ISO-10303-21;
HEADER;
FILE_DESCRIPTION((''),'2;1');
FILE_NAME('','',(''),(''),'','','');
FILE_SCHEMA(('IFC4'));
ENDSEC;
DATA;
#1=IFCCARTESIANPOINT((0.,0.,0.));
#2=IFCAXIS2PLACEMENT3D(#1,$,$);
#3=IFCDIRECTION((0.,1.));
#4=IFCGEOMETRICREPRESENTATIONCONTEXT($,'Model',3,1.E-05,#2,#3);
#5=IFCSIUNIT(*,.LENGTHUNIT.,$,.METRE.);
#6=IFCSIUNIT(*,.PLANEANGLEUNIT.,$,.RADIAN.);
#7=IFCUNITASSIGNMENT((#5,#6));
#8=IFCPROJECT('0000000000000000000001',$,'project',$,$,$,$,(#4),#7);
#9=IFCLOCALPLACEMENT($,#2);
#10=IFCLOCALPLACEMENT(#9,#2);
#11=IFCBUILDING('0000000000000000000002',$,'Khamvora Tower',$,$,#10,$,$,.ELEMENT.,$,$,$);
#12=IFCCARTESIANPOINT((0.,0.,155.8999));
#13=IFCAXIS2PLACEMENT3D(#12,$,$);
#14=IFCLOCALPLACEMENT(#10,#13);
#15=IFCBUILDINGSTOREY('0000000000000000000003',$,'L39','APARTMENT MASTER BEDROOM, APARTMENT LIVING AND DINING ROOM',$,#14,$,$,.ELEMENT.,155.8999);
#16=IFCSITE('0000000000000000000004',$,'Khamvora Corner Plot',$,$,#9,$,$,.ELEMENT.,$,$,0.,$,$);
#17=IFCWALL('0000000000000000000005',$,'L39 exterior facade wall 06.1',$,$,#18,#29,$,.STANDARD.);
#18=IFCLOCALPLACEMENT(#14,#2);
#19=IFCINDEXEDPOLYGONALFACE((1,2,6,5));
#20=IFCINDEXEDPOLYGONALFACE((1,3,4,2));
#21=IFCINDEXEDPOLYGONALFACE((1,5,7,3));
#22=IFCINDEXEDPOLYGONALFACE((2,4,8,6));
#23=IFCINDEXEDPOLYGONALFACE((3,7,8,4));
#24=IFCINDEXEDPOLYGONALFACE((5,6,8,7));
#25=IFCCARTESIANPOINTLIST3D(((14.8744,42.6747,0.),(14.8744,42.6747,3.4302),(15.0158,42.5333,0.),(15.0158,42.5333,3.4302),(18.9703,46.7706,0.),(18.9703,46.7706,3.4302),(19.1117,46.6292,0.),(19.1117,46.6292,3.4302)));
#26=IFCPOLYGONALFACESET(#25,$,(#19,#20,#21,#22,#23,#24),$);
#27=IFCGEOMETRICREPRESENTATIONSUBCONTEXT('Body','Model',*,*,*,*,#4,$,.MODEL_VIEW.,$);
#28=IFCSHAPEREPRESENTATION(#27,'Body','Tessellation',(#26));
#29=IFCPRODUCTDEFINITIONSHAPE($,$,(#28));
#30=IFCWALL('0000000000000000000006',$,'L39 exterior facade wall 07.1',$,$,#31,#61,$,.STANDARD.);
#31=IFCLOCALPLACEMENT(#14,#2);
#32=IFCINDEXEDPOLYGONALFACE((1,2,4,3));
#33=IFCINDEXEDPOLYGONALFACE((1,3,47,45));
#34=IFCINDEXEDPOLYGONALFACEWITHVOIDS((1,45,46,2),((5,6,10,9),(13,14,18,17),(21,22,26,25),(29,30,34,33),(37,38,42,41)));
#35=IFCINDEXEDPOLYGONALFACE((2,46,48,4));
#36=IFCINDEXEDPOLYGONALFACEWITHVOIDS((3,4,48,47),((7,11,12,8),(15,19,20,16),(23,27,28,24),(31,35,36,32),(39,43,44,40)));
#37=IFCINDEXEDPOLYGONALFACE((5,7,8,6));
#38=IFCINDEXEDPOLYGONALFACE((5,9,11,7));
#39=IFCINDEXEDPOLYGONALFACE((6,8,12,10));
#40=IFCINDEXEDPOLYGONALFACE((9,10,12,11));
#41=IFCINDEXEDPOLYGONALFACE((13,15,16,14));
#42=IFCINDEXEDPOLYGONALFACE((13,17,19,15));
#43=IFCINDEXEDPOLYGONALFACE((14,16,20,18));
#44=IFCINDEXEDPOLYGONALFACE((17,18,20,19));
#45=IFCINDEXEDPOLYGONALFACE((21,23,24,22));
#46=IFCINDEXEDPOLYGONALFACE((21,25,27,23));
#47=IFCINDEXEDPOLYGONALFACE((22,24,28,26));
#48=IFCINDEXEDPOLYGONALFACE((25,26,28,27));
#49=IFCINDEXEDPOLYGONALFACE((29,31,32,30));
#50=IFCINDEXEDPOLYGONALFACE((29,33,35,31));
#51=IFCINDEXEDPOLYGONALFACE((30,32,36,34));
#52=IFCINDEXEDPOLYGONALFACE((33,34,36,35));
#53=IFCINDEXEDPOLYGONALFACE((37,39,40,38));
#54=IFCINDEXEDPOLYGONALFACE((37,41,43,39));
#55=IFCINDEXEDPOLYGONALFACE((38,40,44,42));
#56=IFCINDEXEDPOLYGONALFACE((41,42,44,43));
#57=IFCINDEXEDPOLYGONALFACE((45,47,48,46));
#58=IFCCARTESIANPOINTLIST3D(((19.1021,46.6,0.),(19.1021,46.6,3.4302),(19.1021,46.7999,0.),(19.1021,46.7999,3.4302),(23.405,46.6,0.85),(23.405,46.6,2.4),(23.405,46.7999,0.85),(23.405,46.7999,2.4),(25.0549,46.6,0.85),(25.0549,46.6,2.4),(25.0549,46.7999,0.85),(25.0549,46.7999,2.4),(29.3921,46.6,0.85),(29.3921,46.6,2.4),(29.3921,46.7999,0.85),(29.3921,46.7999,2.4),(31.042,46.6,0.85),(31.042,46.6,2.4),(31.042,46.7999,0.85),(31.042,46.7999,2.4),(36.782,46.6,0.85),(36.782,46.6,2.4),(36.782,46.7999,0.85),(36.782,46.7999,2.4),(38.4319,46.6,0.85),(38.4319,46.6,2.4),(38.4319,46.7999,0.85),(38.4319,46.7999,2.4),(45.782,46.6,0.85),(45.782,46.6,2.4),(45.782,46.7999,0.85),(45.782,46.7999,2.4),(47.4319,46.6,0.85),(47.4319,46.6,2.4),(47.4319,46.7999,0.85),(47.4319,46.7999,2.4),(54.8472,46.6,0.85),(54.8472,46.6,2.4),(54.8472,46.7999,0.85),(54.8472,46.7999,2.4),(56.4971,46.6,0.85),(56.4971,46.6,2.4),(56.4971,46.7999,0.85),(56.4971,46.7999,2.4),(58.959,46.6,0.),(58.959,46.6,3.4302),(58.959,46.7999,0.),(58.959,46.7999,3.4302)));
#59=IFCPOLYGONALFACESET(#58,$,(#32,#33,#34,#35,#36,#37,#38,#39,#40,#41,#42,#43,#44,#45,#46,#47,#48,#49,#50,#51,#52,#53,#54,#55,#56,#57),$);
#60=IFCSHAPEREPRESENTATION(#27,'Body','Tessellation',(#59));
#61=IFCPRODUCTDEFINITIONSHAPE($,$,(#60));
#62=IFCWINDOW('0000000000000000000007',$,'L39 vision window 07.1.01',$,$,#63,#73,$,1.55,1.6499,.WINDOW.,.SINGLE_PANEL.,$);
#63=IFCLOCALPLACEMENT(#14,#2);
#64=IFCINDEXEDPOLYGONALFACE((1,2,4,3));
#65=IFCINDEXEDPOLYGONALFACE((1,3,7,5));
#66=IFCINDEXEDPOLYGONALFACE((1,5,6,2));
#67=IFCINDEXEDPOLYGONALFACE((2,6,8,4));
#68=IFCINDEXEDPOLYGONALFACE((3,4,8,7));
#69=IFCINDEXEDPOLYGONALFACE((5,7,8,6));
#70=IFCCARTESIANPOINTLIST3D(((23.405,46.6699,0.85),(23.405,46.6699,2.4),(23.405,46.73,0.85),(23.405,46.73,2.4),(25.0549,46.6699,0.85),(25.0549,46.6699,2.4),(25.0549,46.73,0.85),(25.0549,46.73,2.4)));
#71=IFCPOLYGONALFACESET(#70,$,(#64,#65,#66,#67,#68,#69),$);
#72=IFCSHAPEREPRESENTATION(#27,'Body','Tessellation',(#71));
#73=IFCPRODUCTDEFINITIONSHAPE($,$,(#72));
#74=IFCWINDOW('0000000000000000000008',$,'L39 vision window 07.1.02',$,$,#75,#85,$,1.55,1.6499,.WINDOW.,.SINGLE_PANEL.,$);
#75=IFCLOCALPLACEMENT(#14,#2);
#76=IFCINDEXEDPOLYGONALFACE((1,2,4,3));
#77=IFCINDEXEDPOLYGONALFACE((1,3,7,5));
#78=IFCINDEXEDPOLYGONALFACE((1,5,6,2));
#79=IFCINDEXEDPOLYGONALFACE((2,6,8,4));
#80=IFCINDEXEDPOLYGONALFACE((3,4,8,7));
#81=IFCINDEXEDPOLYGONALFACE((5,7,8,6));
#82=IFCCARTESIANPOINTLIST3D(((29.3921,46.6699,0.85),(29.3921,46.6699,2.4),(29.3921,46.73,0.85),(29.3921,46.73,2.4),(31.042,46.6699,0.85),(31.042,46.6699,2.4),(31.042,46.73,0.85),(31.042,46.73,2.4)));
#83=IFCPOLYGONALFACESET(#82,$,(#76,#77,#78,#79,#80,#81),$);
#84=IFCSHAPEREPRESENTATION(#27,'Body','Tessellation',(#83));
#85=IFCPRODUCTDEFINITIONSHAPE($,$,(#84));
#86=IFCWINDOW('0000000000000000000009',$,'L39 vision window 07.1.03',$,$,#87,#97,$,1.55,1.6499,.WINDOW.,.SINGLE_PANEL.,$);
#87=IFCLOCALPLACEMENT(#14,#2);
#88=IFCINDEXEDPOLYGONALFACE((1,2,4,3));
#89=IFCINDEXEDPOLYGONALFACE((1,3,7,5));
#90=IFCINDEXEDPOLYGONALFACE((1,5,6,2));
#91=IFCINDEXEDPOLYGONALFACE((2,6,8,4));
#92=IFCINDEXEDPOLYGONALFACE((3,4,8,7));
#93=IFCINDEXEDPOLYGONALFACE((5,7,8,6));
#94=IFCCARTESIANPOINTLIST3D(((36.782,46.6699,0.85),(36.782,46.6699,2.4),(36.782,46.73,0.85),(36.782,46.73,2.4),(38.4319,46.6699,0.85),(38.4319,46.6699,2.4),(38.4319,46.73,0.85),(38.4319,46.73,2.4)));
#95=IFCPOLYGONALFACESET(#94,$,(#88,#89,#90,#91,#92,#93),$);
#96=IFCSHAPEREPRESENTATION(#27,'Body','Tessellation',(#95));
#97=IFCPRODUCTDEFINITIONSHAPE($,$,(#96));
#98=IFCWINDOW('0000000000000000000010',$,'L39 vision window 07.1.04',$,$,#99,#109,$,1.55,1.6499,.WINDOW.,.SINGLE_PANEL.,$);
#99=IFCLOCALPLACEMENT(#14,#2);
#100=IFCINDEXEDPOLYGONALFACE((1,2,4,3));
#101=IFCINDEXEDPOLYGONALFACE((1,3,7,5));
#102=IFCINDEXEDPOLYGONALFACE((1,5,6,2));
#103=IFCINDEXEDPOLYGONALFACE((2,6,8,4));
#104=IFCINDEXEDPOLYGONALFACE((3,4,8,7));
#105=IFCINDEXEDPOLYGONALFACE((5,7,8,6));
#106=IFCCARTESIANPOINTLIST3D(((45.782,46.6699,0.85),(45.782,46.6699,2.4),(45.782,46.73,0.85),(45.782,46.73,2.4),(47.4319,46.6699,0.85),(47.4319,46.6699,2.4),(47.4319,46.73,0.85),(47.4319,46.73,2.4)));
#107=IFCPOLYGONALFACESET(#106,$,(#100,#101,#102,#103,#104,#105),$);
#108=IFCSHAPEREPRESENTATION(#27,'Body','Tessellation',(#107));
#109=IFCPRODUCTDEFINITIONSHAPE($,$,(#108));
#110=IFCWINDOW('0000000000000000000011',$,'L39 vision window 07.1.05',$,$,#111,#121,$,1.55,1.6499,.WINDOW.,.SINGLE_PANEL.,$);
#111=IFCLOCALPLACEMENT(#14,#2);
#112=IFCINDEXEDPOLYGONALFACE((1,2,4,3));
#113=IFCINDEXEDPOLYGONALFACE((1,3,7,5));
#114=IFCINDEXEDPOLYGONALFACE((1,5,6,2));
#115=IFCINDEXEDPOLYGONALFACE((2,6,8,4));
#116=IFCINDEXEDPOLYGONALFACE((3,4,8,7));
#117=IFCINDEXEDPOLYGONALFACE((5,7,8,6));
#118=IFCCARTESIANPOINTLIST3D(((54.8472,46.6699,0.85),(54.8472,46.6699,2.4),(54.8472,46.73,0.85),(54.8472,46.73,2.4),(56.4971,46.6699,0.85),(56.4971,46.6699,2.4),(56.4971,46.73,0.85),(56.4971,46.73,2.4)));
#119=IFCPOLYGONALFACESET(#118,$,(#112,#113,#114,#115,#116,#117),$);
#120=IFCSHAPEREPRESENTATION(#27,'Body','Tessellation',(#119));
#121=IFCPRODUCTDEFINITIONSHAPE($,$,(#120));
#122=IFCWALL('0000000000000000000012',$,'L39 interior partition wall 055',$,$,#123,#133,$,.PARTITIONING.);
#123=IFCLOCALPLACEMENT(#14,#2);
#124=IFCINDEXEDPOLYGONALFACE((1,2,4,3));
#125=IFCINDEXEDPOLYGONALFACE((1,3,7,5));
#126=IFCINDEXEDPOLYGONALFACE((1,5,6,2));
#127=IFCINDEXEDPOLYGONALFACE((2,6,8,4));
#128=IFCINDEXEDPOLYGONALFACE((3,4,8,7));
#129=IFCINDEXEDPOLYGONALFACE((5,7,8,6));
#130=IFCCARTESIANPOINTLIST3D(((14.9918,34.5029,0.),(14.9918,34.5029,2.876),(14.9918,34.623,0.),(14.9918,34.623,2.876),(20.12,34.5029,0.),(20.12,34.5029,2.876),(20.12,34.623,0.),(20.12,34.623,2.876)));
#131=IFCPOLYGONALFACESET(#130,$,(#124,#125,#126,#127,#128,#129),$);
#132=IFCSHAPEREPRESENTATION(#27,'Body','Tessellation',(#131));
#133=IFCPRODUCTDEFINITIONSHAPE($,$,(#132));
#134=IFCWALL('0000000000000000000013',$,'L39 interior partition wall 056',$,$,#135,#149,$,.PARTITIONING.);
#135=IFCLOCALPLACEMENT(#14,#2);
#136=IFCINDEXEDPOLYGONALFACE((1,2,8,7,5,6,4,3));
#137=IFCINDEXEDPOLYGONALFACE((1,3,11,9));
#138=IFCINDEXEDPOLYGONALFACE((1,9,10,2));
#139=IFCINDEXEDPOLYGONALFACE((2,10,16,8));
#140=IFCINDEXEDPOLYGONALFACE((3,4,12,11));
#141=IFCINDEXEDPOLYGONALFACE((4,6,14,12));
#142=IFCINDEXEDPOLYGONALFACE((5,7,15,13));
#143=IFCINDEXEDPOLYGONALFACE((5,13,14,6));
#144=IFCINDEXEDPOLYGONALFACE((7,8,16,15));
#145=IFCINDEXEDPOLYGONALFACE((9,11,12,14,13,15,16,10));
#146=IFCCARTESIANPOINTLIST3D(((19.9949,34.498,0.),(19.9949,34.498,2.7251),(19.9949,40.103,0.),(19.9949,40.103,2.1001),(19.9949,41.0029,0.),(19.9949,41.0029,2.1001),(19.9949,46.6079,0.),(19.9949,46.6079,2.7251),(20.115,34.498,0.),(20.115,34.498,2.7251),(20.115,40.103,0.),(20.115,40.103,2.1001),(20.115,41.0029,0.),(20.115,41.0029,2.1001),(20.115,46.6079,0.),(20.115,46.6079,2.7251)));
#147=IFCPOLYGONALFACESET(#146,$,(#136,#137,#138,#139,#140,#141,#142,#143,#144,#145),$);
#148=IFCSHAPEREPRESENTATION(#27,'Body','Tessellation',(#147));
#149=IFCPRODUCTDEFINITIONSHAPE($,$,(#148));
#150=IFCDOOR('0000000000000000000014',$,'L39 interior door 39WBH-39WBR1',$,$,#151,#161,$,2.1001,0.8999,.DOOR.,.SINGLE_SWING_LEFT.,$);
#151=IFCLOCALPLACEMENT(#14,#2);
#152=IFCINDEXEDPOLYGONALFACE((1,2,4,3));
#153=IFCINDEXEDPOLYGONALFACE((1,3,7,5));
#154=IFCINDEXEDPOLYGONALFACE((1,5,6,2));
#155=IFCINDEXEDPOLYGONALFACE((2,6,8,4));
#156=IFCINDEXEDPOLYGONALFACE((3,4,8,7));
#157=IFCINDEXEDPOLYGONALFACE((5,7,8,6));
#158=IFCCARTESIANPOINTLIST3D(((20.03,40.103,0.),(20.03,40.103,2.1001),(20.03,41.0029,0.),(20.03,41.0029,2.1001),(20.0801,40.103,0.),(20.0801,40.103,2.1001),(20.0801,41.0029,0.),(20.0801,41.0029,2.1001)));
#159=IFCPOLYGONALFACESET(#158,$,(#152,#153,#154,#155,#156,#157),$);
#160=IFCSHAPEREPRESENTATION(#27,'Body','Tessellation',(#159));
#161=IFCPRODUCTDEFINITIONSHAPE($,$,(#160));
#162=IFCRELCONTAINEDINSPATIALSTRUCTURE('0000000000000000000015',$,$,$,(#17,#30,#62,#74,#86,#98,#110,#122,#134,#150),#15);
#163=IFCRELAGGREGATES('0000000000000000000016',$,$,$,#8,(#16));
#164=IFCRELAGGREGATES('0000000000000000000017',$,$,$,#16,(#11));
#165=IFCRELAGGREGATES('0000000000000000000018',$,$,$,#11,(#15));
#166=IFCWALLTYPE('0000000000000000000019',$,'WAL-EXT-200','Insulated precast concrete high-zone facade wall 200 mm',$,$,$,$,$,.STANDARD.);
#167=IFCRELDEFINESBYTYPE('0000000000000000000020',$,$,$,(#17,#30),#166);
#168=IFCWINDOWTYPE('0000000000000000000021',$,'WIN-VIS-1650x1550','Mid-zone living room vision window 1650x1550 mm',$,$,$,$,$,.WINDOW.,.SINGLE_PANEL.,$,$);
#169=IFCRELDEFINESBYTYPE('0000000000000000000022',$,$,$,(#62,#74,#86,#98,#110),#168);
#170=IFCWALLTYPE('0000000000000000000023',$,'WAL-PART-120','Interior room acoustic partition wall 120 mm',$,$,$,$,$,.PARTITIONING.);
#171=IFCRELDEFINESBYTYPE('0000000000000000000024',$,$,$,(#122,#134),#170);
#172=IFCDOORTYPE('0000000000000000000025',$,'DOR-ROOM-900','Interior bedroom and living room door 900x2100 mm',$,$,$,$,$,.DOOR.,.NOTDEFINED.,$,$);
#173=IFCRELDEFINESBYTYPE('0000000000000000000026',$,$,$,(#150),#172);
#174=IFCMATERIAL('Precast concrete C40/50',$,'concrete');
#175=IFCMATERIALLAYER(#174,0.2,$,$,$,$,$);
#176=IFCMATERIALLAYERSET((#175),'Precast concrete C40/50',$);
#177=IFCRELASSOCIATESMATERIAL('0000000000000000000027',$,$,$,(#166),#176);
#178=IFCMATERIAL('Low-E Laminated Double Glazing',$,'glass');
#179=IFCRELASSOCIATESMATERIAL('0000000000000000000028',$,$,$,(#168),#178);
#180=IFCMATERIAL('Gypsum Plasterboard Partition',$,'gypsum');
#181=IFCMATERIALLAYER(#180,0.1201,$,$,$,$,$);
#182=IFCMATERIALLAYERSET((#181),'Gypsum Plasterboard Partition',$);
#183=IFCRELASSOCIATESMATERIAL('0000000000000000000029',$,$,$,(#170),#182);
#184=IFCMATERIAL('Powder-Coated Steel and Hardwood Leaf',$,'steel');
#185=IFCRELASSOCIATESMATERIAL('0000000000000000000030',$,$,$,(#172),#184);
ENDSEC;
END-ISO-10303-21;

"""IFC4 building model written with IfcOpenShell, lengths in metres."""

from ifc_helpers import new_model, si_unit, direction, frame, frame_2d, origin, place, context, subcontext, project, spatial, rectangle, extrude, material, layer, layer_set, type_object, element, fill, save


model = new_model("IFC4")

# Units and contexts
model_context = context("Model", 3, precision=1e-05, world=origin(), true_north=direction((0.0, 1.0)))
body_context = subcontext(model_context, "Body", "Model", "MODEL_VIEW")
ifc_project = project(units=[si_unit("LENGTHUNIT", "METRE"), si_unit("PLANEANGLEUNIT", "RADIAN")], contexts=[model_context])

# Site, building, storey
site_placement = place(None, origin())
site = spatial("IfcSite", under=ifc_project, at=site_placement, Name="Khamvora Corner Plot", CompositionType="ELEMENT", RefElevation=0.0)
building_placement = place(site_placement, origin())
building = spatial("IfcBuilding", under=site, at=building_placement, Name="Khamvora Tower", CompositionType="ELEMENT")
storey_placement = place(building_placement, frame((0.0, 0.0, 155.8999)))
storey = spatial("IfcBuildingStorey", under=building, at=storey_placement, Name="L39", Description="APARTMENT MASTER BEDROOM, APARTMENT LIVING AND DINING ROOM", CompositionType="ELEMENT", Elevation=155.8999)

# Wall
ifc_material_1 = material(Name="Precast concrete C40/50", Category="concrete")
ifc_layer_1 = layer(ifc_material_1, 0.2)
ifc_layer_set_1 = layer_set([ifc_layer_1], Name="Precast concrete C40/50")
wall_type_1 = type_object("IfcWallType", Name="WAL-EXT-200", Description="Insulated precast concrete high-zone facade wall 200 mm", PredefinedType="STANDARD", material=ifc_layer_set_1)
wall_1_placement = place(storey_placement, frame((14.9451, 42.604, 0.0), z_axis=(0.0, 0.0, 1.0), x_axis=(0.707107, 0.707107, 0.0)))
element("IfcWall", 1, at=wall_1_placement, inside=storey, type_object=wall_type_1, Name="L39 exterior facade wall 06.1", PredefinedType="STANDARD", context=body_context, shape_type="SweptSolid", body=[
    extrude(rectangle(XDim=5.7925, YDim=0.2, at=frame_2d((2.8962, 0.0))), origin(), (0.0, 0.0, 1.0), 3.4302),
])

# Wall, openings, windows
wall_2_placement = place(storey_placement, frame((19.1021, 46.7, 0.0), z_axis=(0.0, 0.0, 1.0), x_axis=(1.0, 0.0, 0.0)))
wall_2 = element("IfcWall", 2, at=wall_2_placement, inside=storey, type_object=wall_type_1, Name="L39 exterior facade wall 07.1", PredefinedType="STANDARD", context=body_context, shape_type="SweptSolid", body=[
    extrude(rectangle(XDim=39.8569, YDim=0.2, at=frame_2d((19.9285, 0.0))), origin(), (0.0, 0.0, 1.0), 3.4302),
])
opening_1_placement = place(wall_2_placement, frame((4.303, 0.0, 0.8501)))
opening_1 = element("IfcOpeningElement", 3, at=opening_1_placement, cuts=wall_2, PredefinedType="OPENING", context=body_context, shape_type="SweptSolid", body=[
    extrude(rectangle(XDim=1.6499, YDim=1.55, at=frame_2d((0.825, 0.7749))), frame((0.0, 0.1099, 0.0), z_axis=(0.0, -1.0, 0.0), x_axis=(1.0, 0.0, 0.0)), (0.0, 0.0, 1.0), 0.22),
])
opening_2_placement = place(wall_2_placement, frame((10.29, 0.0, 0.8501)))
opening_2 = element("IfcOpeningElement", 4, at=opening_2_placement, cuts=wall_2, PredefinedType="OPENING", context=body_context, shape_type="SweptSolid", body=[
    extrude(rectangle(XDim=1.6499, YDim=1.55, at=frame_2d((0.825, 0.7749))), frame((0.0, 0.1099, 0.0), z_axis=(0.0, -1.0, 0.0), x_axis=(1.0, 0.0, 0.0)), (0.0, 0.0, 1.0), 0.22),
])
opening_3_placement = place(wall_2_placement, frame((17.6799, 0.0, 0.8501)))
opening_3 = element("IfcOpeningElement", 5, at=opening_3_placement, cuts=wall_2, PredefinedType="OPENING", context=body_context, shape_type="SweptSolid", body=[
    extrude(rectangle(XDim=1.6499, YDim=1.55, at=frame_2d((0.825, 0.7749))), frame((0.0, 0.1099, 0.0), z_axis=(0.0, -1.0, 0.0), x_axis=(1.0, 0.0, 0.0)), (0.0, 0.0, 1.0), 0.22),
])
opening_4_placement = place(wall_2_placement, frame((26.6799, 0.0, 0.8501)))
opening_4 = element("IfcOpeningElement", 6, at=opening_4_placement, cuts=wall_2, PredefinedType="OPENING", context=body_context, shape_type="SweptSolid", body=[
    extrude(rectangle(XDim=1.6499, YDim=1.55, at=frame_2d((0.825, 0.7749))), frame((0.0, 0.1099, 0.0), z_axis=(0.0, -1.0, 0.0), x_axis=(1.0, 0.0, 0.0)), (0.0, 0.0, 1.0), 0.22),
])
opening_5_placement = place(wall_2_placement, frame((35.7451, 0.0, 0.8501)))
opening_5 = element("IfcOpeningElement", 7, at=opening_5_placement, cuts=wall_2, PredefinedType="OPENING", context=body_context, shape_type="SweptSolid", body=[
    extrude(rectangle(XDim=1.6499, YDim=1.55, at=frame_2d((0.825, 0.7749))), frame((0.0, 0.1099, 0.0), z_axis=(0.0, -1.0, 0.0), x_axis=(1.0, 0.0, 0.0)), (0.0, 0.0, 1.0), 0.22),
])
ifc_material_2 = material(Name="Low-E Laminated Double Glazing", Category="glass")
window_type = type_object("IfcWindowType", Name="WIN-VIS-1650x1550", Description="Mid-zone living room vision window 1650x1550 mm", PartitioningType="SINGLE_PANEL", PredefinedType="WINDOW", material=ifc_material_2)
window_1_placement = place(opening_1_placement, origin())
window_1 = element("IfcWindow", 8, at=window_1_placement, inside=storey, type_object=window_type, Name="L39 vision window 07.1.01", OverallHeight=1.55, OverallWidth=1.6499, PartitioningType="SINGLE_PANEL", PredefinedType="WINDOW", context=body_context, shape_type="SweptSolid", body=[
    extrude(rectangle(XDim=1.6499, YDim=1.55, at=frame_2d((0.825, 0.7749))), frame((0.0, 0.03, 0.0), z_axis=(0.0, -1.0, 0.0), x_axis=(1.0, 0.0, 0.0)), (0.0, 0.0, 1.0), 0.0601),
])
fill(opening_1, window_1)
window_2_placement = place(opening_2_placement, origin())
window_2 = element("IfcWindow", 9, at=window_2_placement, inside=storey, type_object=window_type, Name="L39 vision window 07.1.02", OverallHeight=1.55, OverallWidth=1.6499, PartitioningType="SINGLE_PANEL", PredefinedType="WINDOW", context=body_context, shape_type="SweptSolid", body=[
    extrude(rectangle(XDim=1.6499, YDim=1.55, at=frame_2d((0.825, 0.7749))), frame((0.0, 0.03, 0.0), z_axis=(0.0, -1.0, 0.0), x_axis=(1.0, 0.0, 0.0)), (0.0, 0.0, 1.0), 0.0601),
])
fill(opening_2, window_2)
window_3_placement = place(opening_3_placement, origin())
window_3 = element("IfcWindow", 10, at=window_3_placement, inside=storey, type_object=window_type, Name="L39 vision window 07.1.03", OverallHeight=1.55, OverallWidth=1.6499, PartitioningType="SINGLE_PANEL", PredefinedType="WINDOW", context=body_context, shape_type="SweptSolid", body=[
    extrude(rectangle(XDim=1.6499, YDim=1.55, at=frame_2d((0.825, 0.7749))), frame((0.0, 0.03, 0.0), z_axis=(0.0, -1.0, 0.0), x_axis=(1.0, 0.0, 0.0)), (0.0, 0.0, 1.0), 0.0601),
])
fill(opening_3, window_3)
window_4_placement = place(opening_4_placement, origin())
window_4 = element("IfcWindow", 11, at=window_4_placement, inside=storey, type_object=window_type, Name="L39 vision window 07.1.04", OverallHeight=1.55, OverallWidth=1.6499, PartitioningType="SINGLE_PANEL", PredefinedType="WINDOW", context=body_context, shape_type="SweptSolid", body=[
    extrude(rectangle(XDim=1.6499, YDim=1.55, at=frame_2d((0.825, 0.7749))), frame((0.0, 0.03, 0.0), z_axis=(0.0, -1.0, 0.0), x_axis=(1.0, 0.0, 0.0)), (0.0, 0.0, 1.0), 0.0601),
])
fill(opening_4, window_4)
window_5_placement = place(opening_5_placement, origin())
window_5 = element("IfcWindow", 12, at=window_5_placement, inside=storey, type_object=window_type, Name="L39 vision window 07.1.05", OverallHeight=1.55, OverallWidth=1.6499, PartitioningType="SINGLE_PANEL", PredefinedType="WINDOW", context=body_context, shape_type="SweptSolid", body=[
    extrude(rectangle(XDim=1.6499, YDim=1.55, at=frame_2d((0.825, 0.7749))), frame((0.0, 0.03, 0.0), z_axis=(0.0, -1.0, 0.0), x_axis=(1.0, 0.0, 0.0)), (0.0, 0.0, 1.0), 0.0601),
])
fill(opening_5, window_5)

# Wall
ifc_material_3 = material(Name="Gypsum Plasterboard Partition", Category="gypsum")
ifc_layer_2 = layer(ifc_material_3, 0.1201)
ifc_layer_set_2 = layer_set([ifc_layer_2], Name="Gypsum Plasterboard Partition")
wall_type_2 = type_object("IfcWallType", Name="WAL-PART-120", Description="Interior room acoustic partition wall 120 mm", PredefinedType="PARTITIONING", material=ifc_layer_set_2)
wall_3_placement = place(storey_placement, frame((14.9919, 34.563, 0.0), z_axis=(0.0, 0.0, 1.0), x_axis=(1.0, 0.0, 0.0)))
element("IfcWall", 13, at=wall_3_placement, inside=storey, type_object=wall_type_2, Name="L39 interior partition wall 055", PredefinedType="PARTITIONING", context=body_context, shape_type="SweptSolid", body=[
    extrude(rectangle(XDim=5.1282, YDim=0.1201, at=frame_2d((2.564, 0.0))), origin(), (0.0, 0.0, 1.0), 2.876),
])

# Wall, opening, door
wall_4_placement = place(storey_placement, frame((20.0549, 34.498, 0.0), z_axis=(0.0, 0.0, 1.0), x_axis=(0.0, 1.0, 0.0)))
wall_4 = element("IfcWall", 14, at=wall_4_placement, inside=storey, type_object=wall_type_2, Name="L39 interior partition wall 056", PredefinedType="PARTITIONING", context=body_context, shape_type="SweptSolid", body=[
    extrude(rectangle(XDim=12.1099, YDim=0.1201, at=frame_2d((6.0549, 0.0))), origin(), (0.0, 0.0, 1.0), 2.7251),
])
opening_6_placement = place(wall_4_placement, frame((5.605, 0.0, 0.0)))
opening_6 = element("IfcOpeningElement", 15, at=opening_6_placement, cuts=wall_4, PredefinedType="OPENING", context=body_context, shape_type="SweptSolid", body=[
    extrude(rectangle(XDim=0.8999, YDim=2.1001, at=frame_2d((0.45, 1.05))), frame((0.0, 0.0701, 0.0), z_axis=(0.0, -1.0, 0.0), x_axis=(1.0, 0.0, 0.0)), (0.0, 0.0, 1.0), 0.1401),
])
ifc_material_4 = material(Name="Powder-Coated Steel and Hardwood Leaf", Category="steel")
door_type_1 = type_object("IfcDoorType", Name="DOR-ROOM-900", Description="Interior bedroom and living room door 900x2100 mm", OperationType="NOTDEFINED", PredefinedType="DOOR", material=ifc_material_4)
door_1_placement = place(opening_6_placement, origin())
door_1 = element("IfcDoor", 16, at=door_1_placement, inside=storey, type_object=door_type_1, Name="L39 interior door 39WBH-39WBR1", OperationType="SINGLE_SWING_LEFT", OverallHeight=2.1001, OverallWidth=0.8999, PredefinedType="DOOR", context=body_context, shape_type="SweptSolid", body=[
    extrude(rectangle(XDim=0.8999, YDim=2.1001, at=frame_2d((0.45, 1.05))), frame((0.0, 0.0249, 0.0), z_axis=(0.0, -1.0, 0.0), x_axis=(1.0, 0.0, 0.0)), (0.0, 0.0, 1.0), 0.05),
])
fill(opening_6, door_1)

save(model, "model.ifc")
